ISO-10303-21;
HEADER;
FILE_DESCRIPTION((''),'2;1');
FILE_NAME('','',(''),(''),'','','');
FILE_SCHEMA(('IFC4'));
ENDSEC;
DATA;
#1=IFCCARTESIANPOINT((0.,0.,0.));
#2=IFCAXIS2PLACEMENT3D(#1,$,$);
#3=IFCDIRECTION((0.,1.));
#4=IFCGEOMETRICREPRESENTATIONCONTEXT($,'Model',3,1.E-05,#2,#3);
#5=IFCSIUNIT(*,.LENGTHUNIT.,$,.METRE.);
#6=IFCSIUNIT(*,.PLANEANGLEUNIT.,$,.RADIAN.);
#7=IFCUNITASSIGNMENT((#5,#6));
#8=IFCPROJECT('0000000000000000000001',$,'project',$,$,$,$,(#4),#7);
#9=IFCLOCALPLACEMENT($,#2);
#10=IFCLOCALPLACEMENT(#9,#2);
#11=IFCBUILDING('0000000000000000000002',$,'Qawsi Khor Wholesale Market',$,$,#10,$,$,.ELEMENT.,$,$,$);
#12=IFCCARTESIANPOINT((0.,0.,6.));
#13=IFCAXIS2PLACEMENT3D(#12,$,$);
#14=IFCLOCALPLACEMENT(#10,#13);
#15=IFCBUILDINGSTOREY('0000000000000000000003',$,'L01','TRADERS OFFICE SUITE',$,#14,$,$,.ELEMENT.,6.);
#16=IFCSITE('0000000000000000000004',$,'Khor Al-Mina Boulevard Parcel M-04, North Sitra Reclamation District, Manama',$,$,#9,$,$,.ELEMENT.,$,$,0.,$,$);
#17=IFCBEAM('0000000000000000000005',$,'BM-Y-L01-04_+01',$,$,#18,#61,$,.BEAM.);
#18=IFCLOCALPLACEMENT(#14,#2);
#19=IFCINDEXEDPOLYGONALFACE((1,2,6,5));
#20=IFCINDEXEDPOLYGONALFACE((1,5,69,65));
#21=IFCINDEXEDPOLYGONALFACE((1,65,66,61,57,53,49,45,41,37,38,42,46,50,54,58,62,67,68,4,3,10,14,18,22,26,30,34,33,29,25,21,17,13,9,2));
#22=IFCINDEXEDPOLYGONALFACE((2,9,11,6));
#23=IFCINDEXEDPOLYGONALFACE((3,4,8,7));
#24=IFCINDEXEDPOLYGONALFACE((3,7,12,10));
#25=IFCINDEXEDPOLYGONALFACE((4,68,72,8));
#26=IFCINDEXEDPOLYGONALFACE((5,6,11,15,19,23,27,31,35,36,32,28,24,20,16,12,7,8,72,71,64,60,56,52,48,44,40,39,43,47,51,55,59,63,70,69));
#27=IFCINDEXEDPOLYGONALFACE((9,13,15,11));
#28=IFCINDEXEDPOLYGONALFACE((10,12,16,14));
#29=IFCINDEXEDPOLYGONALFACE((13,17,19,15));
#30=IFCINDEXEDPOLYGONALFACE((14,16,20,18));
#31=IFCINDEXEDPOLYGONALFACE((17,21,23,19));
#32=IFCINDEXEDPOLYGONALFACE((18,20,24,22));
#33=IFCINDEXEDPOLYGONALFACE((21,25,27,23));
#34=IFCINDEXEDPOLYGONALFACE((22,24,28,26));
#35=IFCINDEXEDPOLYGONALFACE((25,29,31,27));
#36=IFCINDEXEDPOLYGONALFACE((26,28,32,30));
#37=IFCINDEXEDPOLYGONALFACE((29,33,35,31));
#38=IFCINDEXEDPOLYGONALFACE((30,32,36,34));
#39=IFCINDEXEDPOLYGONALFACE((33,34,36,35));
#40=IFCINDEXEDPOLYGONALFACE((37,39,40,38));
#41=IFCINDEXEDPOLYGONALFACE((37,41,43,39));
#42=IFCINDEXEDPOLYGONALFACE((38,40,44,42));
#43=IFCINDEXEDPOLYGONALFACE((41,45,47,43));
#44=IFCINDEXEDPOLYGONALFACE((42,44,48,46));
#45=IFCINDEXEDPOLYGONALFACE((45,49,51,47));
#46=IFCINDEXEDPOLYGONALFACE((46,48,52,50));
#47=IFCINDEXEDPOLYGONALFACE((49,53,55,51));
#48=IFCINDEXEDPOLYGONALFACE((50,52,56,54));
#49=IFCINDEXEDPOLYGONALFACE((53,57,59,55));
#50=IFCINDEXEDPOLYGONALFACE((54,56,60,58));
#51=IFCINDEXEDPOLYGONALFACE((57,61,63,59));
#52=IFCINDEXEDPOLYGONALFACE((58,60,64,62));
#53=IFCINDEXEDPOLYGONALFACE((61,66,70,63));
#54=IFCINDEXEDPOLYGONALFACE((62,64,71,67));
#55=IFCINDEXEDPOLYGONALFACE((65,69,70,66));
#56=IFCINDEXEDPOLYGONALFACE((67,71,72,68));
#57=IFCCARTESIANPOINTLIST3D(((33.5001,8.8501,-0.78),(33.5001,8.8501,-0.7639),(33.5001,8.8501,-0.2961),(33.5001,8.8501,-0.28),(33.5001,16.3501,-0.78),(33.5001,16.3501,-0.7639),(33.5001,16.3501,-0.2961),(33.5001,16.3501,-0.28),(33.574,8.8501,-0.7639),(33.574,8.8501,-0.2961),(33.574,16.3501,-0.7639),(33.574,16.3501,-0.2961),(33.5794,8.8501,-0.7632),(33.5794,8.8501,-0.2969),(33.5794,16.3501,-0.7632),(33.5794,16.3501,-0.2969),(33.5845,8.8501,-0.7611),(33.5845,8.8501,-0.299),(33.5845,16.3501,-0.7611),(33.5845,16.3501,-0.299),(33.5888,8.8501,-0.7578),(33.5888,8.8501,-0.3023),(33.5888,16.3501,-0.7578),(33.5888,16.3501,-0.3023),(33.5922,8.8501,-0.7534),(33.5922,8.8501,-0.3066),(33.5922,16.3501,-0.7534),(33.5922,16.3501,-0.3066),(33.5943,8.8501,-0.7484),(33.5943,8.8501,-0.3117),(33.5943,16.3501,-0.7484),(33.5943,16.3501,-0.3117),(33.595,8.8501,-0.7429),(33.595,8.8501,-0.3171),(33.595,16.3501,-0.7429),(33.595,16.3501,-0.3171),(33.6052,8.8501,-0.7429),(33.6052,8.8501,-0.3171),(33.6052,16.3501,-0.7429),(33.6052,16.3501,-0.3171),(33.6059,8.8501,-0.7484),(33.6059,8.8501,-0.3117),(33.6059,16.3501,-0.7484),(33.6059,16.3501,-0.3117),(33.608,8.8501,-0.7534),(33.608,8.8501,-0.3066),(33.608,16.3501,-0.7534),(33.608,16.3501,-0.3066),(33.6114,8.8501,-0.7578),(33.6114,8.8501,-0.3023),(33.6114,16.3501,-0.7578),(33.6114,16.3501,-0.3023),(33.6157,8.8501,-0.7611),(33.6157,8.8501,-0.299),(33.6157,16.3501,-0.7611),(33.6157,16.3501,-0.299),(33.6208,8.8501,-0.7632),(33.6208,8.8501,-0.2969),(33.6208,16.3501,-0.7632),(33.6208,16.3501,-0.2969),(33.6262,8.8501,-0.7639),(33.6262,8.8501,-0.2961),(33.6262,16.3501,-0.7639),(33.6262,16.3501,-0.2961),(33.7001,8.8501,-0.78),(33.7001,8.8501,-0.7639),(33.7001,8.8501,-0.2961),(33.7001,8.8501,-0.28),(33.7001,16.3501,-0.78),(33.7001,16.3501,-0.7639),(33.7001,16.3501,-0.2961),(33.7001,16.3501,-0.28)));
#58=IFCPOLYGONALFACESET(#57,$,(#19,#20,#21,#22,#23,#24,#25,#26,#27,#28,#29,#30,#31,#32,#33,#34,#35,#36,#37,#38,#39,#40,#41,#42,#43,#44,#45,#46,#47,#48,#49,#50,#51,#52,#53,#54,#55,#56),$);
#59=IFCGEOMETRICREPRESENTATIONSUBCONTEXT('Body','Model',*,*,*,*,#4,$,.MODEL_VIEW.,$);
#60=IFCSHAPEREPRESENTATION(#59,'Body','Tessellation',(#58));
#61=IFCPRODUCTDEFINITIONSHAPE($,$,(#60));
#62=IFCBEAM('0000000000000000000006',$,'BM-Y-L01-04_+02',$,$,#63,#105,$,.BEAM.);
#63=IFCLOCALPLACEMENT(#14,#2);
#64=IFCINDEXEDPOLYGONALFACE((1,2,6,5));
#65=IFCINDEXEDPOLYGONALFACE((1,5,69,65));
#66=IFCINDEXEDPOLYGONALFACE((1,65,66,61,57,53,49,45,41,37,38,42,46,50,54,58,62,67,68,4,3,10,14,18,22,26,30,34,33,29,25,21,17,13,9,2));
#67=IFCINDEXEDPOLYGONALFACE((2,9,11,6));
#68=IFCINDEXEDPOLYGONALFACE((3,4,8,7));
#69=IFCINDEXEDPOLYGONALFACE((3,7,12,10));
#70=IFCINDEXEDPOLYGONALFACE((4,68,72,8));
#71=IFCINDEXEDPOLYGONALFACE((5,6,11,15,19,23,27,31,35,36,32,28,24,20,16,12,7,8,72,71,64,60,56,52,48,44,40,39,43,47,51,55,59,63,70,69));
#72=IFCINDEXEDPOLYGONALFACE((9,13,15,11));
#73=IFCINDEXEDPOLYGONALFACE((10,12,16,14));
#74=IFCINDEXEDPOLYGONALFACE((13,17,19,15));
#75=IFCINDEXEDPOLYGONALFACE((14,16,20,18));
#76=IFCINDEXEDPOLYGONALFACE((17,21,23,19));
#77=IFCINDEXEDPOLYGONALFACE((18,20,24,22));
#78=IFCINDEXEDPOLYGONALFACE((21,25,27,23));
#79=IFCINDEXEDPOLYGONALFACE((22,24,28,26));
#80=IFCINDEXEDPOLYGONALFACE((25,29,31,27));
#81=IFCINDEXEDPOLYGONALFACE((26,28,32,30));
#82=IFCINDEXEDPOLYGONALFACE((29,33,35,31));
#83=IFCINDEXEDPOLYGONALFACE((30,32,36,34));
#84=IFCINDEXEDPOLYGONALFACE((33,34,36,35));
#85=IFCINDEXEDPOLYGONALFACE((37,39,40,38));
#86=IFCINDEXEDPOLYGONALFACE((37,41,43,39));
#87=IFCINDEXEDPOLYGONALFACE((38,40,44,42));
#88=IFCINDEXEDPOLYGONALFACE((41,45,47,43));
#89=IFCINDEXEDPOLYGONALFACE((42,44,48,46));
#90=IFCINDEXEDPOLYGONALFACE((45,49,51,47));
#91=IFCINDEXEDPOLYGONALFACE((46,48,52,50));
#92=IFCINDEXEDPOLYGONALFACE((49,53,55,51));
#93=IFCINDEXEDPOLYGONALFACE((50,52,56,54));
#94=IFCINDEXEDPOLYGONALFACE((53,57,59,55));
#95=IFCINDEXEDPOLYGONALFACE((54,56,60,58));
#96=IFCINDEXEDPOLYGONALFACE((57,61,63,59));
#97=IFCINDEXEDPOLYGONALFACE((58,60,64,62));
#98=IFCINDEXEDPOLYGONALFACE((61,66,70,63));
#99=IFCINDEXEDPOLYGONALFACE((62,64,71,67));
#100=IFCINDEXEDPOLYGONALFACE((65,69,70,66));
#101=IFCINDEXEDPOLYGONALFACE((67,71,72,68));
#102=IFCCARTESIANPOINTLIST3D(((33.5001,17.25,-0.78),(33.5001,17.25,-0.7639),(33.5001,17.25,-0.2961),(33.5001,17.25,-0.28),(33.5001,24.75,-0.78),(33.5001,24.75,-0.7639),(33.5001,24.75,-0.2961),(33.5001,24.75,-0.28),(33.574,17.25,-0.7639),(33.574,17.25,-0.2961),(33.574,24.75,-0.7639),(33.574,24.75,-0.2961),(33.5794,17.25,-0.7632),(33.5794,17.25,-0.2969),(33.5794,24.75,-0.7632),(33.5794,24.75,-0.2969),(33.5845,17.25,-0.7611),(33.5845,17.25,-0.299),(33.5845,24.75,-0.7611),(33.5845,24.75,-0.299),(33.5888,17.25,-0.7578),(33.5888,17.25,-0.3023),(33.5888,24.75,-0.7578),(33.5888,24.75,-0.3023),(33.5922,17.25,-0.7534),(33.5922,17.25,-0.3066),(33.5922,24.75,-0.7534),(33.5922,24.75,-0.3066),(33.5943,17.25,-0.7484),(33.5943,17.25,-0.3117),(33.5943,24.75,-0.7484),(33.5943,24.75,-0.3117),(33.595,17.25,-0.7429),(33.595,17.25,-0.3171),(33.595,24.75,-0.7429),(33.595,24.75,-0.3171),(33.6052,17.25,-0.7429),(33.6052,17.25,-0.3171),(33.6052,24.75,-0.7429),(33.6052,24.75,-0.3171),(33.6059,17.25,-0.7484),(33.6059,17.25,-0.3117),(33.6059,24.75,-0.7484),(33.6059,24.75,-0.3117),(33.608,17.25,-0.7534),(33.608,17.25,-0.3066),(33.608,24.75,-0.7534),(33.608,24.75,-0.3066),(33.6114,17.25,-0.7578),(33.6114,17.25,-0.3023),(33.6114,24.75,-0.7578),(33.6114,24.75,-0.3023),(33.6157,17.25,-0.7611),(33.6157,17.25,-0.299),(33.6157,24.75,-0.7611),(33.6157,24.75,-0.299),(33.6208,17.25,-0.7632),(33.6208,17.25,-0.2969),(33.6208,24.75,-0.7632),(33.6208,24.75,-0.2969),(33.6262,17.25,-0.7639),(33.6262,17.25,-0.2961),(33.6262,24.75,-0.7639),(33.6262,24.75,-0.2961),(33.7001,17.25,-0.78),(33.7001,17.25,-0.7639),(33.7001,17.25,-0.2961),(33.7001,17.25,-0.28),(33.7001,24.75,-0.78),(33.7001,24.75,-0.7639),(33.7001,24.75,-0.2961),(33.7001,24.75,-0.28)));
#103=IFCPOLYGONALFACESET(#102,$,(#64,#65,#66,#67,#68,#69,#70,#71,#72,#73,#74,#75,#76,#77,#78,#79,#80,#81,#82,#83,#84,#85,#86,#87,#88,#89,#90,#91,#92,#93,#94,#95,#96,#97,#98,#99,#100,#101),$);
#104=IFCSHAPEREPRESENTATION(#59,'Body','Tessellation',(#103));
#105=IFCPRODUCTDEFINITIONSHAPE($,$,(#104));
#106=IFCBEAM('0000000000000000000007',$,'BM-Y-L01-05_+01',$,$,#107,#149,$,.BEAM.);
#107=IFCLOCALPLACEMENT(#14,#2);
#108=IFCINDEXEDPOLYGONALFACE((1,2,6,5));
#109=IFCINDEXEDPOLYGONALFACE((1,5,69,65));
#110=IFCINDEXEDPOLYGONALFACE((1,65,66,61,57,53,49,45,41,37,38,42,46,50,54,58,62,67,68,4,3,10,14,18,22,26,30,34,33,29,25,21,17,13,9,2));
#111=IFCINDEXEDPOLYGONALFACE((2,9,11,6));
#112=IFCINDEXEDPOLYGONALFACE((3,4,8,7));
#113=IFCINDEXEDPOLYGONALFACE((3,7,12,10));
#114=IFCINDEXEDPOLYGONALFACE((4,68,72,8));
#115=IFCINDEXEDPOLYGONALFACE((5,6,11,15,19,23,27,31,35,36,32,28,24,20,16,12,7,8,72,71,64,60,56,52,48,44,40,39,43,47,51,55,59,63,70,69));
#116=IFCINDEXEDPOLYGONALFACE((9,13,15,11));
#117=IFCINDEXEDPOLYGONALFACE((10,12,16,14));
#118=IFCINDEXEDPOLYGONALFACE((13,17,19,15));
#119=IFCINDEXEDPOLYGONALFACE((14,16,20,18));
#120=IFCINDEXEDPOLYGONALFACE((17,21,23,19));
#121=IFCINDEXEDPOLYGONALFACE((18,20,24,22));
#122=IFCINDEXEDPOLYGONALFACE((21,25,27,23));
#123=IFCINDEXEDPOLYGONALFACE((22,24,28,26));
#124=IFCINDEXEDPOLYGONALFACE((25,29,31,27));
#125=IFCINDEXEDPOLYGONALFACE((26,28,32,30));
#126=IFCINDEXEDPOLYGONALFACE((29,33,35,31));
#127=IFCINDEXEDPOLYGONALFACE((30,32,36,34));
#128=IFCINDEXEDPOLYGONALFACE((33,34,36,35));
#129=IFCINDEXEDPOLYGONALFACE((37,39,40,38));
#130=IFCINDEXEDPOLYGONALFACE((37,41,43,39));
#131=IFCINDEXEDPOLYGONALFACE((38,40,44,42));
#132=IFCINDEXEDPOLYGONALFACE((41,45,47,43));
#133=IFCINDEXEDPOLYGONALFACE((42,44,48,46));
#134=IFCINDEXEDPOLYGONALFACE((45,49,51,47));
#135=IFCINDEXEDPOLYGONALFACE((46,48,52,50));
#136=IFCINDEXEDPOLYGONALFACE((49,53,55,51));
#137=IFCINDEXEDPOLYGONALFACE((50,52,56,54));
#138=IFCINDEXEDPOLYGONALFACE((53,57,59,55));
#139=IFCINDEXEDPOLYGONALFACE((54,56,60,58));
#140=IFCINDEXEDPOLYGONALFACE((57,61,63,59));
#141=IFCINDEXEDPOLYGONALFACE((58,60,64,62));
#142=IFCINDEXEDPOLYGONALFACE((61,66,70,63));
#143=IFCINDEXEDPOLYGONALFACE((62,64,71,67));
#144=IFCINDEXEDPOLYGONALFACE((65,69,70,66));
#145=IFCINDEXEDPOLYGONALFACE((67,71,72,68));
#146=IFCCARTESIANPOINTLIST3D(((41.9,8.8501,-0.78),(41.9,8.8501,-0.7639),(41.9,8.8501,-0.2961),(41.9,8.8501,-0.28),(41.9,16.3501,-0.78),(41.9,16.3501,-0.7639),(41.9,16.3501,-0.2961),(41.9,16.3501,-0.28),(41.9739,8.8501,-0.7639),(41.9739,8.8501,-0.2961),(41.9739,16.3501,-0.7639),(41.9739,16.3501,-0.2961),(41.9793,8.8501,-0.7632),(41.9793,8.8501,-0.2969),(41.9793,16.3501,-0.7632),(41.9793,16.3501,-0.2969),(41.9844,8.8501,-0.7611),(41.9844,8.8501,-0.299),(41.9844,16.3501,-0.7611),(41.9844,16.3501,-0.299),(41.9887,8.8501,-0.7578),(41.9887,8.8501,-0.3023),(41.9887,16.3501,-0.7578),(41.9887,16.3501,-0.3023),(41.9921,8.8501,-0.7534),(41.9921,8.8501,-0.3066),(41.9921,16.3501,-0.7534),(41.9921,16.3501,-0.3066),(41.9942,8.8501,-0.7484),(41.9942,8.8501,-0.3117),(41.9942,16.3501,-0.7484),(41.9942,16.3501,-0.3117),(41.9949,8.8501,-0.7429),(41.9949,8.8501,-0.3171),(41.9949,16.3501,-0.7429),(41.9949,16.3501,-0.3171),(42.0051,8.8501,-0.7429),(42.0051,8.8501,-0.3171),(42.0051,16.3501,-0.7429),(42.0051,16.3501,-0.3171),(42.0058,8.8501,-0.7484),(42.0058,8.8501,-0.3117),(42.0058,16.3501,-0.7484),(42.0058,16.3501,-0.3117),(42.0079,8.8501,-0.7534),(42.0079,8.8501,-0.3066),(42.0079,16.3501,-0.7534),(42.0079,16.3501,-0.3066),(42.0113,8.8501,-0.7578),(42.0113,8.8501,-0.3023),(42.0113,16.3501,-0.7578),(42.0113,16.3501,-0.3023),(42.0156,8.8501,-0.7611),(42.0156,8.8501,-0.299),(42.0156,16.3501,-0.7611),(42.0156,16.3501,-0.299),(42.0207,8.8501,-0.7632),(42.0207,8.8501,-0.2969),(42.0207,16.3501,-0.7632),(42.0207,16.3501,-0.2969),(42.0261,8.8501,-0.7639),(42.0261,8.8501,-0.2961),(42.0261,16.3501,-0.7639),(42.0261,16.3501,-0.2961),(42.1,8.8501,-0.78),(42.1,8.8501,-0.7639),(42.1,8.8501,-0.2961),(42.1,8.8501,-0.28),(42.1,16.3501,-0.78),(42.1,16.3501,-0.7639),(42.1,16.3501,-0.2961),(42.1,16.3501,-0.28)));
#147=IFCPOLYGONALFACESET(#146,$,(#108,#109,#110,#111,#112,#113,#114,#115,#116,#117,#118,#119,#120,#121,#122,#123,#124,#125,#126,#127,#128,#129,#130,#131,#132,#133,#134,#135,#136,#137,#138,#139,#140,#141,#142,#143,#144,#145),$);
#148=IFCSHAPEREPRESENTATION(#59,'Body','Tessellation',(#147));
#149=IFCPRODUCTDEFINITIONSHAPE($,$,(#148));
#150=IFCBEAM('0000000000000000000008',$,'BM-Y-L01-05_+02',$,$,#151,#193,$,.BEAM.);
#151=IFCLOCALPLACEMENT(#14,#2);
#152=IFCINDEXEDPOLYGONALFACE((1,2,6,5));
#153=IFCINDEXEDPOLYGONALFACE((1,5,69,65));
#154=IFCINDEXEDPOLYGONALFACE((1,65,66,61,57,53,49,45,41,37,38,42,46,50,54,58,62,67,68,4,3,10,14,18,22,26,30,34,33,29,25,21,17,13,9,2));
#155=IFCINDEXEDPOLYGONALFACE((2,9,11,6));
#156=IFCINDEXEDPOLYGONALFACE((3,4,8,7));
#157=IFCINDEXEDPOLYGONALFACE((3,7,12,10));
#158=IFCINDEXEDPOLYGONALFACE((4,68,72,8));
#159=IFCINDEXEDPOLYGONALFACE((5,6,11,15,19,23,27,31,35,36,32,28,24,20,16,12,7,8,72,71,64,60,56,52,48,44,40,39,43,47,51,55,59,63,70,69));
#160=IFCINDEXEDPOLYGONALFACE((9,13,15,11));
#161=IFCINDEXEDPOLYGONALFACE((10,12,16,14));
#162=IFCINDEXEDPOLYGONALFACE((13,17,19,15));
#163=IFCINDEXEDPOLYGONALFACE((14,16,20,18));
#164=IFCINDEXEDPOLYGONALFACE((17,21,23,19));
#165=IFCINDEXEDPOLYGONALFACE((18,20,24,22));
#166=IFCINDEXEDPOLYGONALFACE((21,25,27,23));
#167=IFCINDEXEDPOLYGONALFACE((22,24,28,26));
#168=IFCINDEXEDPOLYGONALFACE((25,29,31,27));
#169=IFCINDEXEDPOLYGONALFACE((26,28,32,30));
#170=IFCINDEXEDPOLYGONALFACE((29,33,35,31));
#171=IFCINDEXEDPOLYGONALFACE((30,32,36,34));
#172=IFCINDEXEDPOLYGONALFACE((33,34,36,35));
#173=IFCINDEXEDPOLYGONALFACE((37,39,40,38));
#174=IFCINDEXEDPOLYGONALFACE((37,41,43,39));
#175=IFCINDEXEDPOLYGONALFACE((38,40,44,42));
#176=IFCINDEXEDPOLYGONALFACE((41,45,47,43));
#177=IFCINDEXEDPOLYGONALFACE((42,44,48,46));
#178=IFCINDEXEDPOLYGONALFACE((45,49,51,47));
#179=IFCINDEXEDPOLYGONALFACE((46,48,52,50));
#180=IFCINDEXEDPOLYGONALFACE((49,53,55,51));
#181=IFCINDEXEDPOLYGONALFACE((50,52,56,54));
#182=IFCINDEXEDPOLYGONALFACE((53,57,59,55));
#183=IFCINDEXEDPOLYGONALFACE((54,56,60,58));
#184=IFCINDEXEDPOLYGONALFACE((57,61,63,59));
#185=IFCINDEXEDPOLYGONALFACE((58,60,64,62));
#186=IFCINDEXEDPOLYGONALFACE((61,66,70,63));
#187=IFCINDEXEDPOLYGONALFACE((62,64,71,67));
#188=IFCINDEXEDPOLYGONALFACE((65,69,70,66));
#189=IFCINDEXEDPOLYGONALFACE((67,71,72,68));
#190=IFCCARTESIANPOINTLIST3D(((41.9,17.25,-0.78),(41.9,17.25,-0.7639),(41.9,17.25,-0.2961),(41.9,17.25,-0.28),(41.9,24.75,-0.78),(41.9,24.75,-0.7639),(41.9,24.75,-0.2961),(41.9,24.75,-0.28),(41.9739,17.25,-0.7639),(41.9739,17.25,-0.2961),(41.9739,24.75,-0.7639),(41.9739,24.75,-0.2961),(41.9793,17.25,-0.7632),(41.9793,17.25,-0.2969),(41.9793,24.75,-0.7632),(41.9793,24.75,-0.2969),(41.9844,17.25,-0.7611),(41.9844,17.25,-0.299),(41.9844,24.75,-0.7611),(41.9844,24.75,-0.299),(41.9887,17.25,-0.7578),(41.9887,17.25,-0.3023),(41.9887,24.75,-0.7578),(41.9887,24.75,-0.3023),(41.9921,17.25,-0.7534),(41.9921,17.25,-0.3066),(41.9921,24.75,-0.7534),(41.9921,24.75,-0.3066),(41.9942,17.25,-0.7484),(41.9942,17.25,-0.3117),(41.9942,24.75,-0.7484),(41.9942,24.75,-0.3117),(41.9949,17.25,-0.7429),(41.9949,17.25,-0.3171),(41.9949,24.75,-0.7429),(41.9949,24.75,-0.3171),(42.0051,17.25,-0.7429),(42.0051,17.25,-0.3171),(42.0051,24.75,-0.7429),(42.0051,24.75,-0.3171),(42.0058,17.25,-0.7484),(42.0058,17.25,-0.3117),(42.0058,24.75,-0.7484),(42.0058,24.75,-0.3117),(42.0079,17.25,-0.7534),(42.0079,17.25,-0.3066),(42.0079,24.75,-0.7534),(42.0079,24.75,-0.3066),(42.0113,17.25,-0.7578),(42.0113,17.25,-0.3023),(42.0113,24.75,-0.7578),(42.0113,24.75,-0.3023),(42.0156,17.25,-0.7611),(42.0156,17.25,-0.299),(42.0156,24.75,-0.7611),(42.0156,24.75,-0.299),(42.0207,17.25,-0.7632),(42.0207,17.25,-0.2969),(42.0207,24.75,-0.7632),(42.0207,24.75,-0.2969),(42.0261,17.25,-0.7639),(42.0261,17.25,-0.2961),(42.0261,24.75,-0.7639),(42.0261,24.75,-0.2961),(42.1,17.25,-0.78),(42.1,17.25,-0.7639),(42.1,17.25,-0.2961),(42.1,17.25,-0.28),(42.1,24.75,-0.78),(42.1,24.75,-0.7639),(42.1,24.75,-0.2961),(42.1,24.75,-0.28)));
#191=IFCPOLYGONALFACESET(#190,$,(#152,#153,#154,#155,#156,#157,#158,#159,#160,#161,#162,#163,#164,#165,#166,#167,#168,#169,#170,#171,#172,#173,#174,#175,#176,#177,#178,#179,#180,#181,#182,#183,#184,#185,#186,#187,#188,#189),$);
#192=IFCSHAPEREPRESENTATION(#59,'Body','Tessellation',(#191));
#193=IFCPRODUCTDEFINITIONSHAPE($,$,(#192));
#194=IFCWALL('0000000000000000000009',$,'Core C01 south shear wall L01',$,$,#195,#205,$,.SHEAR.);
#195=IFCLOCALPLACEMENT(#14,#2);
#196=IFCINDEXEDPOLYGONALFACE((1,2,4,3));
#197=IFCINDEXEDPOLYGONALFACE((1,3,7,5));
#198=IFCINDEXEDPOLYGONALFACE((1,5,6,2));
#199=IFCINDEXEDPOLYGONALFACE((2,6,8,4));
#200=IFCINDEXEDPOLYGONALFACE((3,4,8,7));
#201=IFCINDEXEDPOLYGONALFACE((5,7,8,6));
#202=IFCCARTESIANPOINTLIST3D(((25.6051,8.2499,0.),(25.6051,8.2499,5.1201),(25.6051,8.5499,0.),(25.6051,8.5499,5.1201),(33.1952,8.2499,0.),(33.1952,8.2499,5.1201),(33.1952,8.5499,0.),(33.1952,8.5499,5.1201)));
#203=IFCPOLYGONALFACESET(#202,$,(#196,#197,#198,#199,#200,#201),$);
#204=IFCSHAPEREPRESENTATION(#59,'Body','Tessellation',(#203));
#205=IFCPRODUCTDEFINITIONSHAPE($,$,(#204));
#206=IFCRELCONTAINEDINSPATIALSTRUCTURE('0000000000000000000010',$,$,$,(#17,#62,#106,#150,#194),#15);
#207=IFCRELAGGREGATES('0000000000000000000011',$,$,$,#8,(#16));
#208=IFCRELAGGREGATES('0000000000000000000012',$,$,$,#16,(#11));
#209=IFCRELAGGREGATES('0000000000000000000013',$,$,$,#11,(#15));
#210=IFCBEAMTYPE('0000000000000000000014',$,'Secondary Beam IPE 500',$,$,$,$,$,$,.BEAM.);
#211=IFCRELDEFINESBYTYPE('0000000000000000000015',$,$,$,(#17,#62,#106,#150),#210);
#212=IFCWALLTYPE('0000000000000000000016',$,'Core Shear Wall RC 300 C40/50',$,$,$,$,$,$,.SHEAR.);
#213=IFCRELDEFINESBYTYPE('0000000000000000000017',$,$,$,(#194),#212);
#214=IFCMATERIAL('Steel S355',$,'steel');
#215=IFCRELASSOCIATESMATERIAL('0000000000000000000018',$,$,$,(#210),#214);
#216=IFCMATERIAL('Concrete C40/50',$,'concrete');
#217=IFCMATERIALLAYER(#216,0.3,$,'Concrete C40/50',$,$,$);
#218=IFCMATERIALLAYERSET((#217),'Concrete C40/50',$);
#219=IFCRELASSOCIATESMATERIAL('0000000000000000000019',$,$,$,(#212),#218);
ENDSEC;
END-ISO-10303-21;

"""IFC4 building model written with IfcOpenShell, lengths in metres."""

from ifc_helpers import new_model, si_unit, direction, frame, frame_2d, origin, origin_2d, place, context, subcontext, project, spatial, rectangle, i_section, extrude, material, layer, layer_set, material_profile, profile_set, type_object, element, save


model = new_model("IFC4")

# Units and contexts
model_context = context("Model", 3, precision=1e-05, world=origin(), true_north=direction((0.0, 1.0)))
body_context = subcontext(model_context, "Body", "Model", "MODEL_VIEW")
ifc_project = project(units=[si_unit("LENGTHUNIT", "METRE"), si_unit("PLANEANGLEUNIT", "RADIAN")], contexts=[model_context])

# Site, building, storey
site_placement = place(None, origin())
site = spatial("IfcSite", under=ifc_project, at=site_placement, Name="Khor Al-Mina Boulevard Parcel M-04, North Sitra Reclamation District, Manama", CompositionType="ELEMENT", RefElevation=0.0)
building_placement = place(site_placement, origin())
building = spatial("IfcBuilding", under=site, at=building_placement, Name="Qawsi Khor Wholesale Market", CompositionType="ELEMENT")
storey_placement = place(building_placement, frame((0.0, 0.0, 6.0)))
storey = spatial("IfcBuildingStorey", under=building, at=storey_placement, Name="L01", Description="TRADERS OFFICE SUITE", CompositionType="ELEMENT", Elevation=6.0)

# Shared definitions
ifc_material_1 = material(Name="Concrete C40/50", Category="concrete")

# Beams
ifc_material_2 = material(Name="Steel S355", Category="steel")
ifc_material_profile_1 = material_profile(ifc_material_2, i_section(OverallWidth=0.2, OverallDepth=0.5, WebThickness=0.0103, FlangeThickness=0.0161, FilletRadius=0.021, at=origin_2d()), Name="IPE 500")
ifc_profile_set_1 = profile_set([ifc_material_profile_1], Name="Steel S355")
beam_type_1 = type_object("IfcBeamType", Name="Secondary Beam IPE 500", PredefinedType="BEAM", material=ifc_profile_set_1)
for number, where, z_axis, x_axis, name in (
    (1, (33.6001, 8.8501, -0.53), (0.0, 1.0, 0.0), (-1.0, 0.0, 0.0), "BM-Y-L01-04_+01"),
    (2, (33.6001, 17.25, -0.53), (0.0, 1.0, 0.0), (-1.0, 0.0, 0.0), "BM-Y-L01-04_+02"),
    (3, (42.0, 8.8501, -0.53), (0.0, 1.0, 0.0), (-1.0, 0.0, 0.0), "BM-Y-L01-05_+01"),
    (4, (42.0, 17.25, -0.53), (0.0, 1.0, 0.0), (-1.0, 0.0, 0.0), "BM-Y-L01-05_+02"),
):
    element("IfcBeam", number, at=place(storey_placement, frame(where, z_axis=z_axis, x_axis=x_axis)), inside=storey, type_object=beam_type_1, Name=name, PredefinedType="BEAM", context=body_context, shape_type="SweptSolid", body=[
        extrude(i_section(OverallWidth=0.2, OverallDepth=0.5, WebThickness=0.0103, FlangeThickness=0.0161, FilletRadius=0.021, at=origin_2d()), origin(), (0.0, 0.0, 1.0), 7.5),
    ])

# Wall
ifc_layer_1 = layer(ifc_material_1, 0.3, Name="Concrete C40/50")
ifc_layer_set_1 = layer_set([ifc_layer_1], Name="Concrete C40/50")
wall_type_1 = type_object("IfcWallType", Name="Core Shear Wall RC 300 C40/50", PredefinedType="SHEAR", material=ifc_layer_set_1)
wall_1_placement = place(storey_placement, frame((33.1951, 8.3999, 0.0), z_axis=(0.0, 0.0, 1.0), x_axis=(-1.0, 0.0, 0.0)))
element("IfcWall", 5, at=wall_1_placement, inside=storey, type_object=wall_type_1, Name="Core C01 south shear wall L01", PredefinedType="SHEAR", context=body_context, shape_type="SweptSolid", body=[
    extrude(rectangle(XDim=7.5901, YDim=0.3, at=frame_2d((3.7949, 0.0))), origin(), (0.0, 0.0, 1.0), 5.1201),
])

save(model, "model.ifc")
